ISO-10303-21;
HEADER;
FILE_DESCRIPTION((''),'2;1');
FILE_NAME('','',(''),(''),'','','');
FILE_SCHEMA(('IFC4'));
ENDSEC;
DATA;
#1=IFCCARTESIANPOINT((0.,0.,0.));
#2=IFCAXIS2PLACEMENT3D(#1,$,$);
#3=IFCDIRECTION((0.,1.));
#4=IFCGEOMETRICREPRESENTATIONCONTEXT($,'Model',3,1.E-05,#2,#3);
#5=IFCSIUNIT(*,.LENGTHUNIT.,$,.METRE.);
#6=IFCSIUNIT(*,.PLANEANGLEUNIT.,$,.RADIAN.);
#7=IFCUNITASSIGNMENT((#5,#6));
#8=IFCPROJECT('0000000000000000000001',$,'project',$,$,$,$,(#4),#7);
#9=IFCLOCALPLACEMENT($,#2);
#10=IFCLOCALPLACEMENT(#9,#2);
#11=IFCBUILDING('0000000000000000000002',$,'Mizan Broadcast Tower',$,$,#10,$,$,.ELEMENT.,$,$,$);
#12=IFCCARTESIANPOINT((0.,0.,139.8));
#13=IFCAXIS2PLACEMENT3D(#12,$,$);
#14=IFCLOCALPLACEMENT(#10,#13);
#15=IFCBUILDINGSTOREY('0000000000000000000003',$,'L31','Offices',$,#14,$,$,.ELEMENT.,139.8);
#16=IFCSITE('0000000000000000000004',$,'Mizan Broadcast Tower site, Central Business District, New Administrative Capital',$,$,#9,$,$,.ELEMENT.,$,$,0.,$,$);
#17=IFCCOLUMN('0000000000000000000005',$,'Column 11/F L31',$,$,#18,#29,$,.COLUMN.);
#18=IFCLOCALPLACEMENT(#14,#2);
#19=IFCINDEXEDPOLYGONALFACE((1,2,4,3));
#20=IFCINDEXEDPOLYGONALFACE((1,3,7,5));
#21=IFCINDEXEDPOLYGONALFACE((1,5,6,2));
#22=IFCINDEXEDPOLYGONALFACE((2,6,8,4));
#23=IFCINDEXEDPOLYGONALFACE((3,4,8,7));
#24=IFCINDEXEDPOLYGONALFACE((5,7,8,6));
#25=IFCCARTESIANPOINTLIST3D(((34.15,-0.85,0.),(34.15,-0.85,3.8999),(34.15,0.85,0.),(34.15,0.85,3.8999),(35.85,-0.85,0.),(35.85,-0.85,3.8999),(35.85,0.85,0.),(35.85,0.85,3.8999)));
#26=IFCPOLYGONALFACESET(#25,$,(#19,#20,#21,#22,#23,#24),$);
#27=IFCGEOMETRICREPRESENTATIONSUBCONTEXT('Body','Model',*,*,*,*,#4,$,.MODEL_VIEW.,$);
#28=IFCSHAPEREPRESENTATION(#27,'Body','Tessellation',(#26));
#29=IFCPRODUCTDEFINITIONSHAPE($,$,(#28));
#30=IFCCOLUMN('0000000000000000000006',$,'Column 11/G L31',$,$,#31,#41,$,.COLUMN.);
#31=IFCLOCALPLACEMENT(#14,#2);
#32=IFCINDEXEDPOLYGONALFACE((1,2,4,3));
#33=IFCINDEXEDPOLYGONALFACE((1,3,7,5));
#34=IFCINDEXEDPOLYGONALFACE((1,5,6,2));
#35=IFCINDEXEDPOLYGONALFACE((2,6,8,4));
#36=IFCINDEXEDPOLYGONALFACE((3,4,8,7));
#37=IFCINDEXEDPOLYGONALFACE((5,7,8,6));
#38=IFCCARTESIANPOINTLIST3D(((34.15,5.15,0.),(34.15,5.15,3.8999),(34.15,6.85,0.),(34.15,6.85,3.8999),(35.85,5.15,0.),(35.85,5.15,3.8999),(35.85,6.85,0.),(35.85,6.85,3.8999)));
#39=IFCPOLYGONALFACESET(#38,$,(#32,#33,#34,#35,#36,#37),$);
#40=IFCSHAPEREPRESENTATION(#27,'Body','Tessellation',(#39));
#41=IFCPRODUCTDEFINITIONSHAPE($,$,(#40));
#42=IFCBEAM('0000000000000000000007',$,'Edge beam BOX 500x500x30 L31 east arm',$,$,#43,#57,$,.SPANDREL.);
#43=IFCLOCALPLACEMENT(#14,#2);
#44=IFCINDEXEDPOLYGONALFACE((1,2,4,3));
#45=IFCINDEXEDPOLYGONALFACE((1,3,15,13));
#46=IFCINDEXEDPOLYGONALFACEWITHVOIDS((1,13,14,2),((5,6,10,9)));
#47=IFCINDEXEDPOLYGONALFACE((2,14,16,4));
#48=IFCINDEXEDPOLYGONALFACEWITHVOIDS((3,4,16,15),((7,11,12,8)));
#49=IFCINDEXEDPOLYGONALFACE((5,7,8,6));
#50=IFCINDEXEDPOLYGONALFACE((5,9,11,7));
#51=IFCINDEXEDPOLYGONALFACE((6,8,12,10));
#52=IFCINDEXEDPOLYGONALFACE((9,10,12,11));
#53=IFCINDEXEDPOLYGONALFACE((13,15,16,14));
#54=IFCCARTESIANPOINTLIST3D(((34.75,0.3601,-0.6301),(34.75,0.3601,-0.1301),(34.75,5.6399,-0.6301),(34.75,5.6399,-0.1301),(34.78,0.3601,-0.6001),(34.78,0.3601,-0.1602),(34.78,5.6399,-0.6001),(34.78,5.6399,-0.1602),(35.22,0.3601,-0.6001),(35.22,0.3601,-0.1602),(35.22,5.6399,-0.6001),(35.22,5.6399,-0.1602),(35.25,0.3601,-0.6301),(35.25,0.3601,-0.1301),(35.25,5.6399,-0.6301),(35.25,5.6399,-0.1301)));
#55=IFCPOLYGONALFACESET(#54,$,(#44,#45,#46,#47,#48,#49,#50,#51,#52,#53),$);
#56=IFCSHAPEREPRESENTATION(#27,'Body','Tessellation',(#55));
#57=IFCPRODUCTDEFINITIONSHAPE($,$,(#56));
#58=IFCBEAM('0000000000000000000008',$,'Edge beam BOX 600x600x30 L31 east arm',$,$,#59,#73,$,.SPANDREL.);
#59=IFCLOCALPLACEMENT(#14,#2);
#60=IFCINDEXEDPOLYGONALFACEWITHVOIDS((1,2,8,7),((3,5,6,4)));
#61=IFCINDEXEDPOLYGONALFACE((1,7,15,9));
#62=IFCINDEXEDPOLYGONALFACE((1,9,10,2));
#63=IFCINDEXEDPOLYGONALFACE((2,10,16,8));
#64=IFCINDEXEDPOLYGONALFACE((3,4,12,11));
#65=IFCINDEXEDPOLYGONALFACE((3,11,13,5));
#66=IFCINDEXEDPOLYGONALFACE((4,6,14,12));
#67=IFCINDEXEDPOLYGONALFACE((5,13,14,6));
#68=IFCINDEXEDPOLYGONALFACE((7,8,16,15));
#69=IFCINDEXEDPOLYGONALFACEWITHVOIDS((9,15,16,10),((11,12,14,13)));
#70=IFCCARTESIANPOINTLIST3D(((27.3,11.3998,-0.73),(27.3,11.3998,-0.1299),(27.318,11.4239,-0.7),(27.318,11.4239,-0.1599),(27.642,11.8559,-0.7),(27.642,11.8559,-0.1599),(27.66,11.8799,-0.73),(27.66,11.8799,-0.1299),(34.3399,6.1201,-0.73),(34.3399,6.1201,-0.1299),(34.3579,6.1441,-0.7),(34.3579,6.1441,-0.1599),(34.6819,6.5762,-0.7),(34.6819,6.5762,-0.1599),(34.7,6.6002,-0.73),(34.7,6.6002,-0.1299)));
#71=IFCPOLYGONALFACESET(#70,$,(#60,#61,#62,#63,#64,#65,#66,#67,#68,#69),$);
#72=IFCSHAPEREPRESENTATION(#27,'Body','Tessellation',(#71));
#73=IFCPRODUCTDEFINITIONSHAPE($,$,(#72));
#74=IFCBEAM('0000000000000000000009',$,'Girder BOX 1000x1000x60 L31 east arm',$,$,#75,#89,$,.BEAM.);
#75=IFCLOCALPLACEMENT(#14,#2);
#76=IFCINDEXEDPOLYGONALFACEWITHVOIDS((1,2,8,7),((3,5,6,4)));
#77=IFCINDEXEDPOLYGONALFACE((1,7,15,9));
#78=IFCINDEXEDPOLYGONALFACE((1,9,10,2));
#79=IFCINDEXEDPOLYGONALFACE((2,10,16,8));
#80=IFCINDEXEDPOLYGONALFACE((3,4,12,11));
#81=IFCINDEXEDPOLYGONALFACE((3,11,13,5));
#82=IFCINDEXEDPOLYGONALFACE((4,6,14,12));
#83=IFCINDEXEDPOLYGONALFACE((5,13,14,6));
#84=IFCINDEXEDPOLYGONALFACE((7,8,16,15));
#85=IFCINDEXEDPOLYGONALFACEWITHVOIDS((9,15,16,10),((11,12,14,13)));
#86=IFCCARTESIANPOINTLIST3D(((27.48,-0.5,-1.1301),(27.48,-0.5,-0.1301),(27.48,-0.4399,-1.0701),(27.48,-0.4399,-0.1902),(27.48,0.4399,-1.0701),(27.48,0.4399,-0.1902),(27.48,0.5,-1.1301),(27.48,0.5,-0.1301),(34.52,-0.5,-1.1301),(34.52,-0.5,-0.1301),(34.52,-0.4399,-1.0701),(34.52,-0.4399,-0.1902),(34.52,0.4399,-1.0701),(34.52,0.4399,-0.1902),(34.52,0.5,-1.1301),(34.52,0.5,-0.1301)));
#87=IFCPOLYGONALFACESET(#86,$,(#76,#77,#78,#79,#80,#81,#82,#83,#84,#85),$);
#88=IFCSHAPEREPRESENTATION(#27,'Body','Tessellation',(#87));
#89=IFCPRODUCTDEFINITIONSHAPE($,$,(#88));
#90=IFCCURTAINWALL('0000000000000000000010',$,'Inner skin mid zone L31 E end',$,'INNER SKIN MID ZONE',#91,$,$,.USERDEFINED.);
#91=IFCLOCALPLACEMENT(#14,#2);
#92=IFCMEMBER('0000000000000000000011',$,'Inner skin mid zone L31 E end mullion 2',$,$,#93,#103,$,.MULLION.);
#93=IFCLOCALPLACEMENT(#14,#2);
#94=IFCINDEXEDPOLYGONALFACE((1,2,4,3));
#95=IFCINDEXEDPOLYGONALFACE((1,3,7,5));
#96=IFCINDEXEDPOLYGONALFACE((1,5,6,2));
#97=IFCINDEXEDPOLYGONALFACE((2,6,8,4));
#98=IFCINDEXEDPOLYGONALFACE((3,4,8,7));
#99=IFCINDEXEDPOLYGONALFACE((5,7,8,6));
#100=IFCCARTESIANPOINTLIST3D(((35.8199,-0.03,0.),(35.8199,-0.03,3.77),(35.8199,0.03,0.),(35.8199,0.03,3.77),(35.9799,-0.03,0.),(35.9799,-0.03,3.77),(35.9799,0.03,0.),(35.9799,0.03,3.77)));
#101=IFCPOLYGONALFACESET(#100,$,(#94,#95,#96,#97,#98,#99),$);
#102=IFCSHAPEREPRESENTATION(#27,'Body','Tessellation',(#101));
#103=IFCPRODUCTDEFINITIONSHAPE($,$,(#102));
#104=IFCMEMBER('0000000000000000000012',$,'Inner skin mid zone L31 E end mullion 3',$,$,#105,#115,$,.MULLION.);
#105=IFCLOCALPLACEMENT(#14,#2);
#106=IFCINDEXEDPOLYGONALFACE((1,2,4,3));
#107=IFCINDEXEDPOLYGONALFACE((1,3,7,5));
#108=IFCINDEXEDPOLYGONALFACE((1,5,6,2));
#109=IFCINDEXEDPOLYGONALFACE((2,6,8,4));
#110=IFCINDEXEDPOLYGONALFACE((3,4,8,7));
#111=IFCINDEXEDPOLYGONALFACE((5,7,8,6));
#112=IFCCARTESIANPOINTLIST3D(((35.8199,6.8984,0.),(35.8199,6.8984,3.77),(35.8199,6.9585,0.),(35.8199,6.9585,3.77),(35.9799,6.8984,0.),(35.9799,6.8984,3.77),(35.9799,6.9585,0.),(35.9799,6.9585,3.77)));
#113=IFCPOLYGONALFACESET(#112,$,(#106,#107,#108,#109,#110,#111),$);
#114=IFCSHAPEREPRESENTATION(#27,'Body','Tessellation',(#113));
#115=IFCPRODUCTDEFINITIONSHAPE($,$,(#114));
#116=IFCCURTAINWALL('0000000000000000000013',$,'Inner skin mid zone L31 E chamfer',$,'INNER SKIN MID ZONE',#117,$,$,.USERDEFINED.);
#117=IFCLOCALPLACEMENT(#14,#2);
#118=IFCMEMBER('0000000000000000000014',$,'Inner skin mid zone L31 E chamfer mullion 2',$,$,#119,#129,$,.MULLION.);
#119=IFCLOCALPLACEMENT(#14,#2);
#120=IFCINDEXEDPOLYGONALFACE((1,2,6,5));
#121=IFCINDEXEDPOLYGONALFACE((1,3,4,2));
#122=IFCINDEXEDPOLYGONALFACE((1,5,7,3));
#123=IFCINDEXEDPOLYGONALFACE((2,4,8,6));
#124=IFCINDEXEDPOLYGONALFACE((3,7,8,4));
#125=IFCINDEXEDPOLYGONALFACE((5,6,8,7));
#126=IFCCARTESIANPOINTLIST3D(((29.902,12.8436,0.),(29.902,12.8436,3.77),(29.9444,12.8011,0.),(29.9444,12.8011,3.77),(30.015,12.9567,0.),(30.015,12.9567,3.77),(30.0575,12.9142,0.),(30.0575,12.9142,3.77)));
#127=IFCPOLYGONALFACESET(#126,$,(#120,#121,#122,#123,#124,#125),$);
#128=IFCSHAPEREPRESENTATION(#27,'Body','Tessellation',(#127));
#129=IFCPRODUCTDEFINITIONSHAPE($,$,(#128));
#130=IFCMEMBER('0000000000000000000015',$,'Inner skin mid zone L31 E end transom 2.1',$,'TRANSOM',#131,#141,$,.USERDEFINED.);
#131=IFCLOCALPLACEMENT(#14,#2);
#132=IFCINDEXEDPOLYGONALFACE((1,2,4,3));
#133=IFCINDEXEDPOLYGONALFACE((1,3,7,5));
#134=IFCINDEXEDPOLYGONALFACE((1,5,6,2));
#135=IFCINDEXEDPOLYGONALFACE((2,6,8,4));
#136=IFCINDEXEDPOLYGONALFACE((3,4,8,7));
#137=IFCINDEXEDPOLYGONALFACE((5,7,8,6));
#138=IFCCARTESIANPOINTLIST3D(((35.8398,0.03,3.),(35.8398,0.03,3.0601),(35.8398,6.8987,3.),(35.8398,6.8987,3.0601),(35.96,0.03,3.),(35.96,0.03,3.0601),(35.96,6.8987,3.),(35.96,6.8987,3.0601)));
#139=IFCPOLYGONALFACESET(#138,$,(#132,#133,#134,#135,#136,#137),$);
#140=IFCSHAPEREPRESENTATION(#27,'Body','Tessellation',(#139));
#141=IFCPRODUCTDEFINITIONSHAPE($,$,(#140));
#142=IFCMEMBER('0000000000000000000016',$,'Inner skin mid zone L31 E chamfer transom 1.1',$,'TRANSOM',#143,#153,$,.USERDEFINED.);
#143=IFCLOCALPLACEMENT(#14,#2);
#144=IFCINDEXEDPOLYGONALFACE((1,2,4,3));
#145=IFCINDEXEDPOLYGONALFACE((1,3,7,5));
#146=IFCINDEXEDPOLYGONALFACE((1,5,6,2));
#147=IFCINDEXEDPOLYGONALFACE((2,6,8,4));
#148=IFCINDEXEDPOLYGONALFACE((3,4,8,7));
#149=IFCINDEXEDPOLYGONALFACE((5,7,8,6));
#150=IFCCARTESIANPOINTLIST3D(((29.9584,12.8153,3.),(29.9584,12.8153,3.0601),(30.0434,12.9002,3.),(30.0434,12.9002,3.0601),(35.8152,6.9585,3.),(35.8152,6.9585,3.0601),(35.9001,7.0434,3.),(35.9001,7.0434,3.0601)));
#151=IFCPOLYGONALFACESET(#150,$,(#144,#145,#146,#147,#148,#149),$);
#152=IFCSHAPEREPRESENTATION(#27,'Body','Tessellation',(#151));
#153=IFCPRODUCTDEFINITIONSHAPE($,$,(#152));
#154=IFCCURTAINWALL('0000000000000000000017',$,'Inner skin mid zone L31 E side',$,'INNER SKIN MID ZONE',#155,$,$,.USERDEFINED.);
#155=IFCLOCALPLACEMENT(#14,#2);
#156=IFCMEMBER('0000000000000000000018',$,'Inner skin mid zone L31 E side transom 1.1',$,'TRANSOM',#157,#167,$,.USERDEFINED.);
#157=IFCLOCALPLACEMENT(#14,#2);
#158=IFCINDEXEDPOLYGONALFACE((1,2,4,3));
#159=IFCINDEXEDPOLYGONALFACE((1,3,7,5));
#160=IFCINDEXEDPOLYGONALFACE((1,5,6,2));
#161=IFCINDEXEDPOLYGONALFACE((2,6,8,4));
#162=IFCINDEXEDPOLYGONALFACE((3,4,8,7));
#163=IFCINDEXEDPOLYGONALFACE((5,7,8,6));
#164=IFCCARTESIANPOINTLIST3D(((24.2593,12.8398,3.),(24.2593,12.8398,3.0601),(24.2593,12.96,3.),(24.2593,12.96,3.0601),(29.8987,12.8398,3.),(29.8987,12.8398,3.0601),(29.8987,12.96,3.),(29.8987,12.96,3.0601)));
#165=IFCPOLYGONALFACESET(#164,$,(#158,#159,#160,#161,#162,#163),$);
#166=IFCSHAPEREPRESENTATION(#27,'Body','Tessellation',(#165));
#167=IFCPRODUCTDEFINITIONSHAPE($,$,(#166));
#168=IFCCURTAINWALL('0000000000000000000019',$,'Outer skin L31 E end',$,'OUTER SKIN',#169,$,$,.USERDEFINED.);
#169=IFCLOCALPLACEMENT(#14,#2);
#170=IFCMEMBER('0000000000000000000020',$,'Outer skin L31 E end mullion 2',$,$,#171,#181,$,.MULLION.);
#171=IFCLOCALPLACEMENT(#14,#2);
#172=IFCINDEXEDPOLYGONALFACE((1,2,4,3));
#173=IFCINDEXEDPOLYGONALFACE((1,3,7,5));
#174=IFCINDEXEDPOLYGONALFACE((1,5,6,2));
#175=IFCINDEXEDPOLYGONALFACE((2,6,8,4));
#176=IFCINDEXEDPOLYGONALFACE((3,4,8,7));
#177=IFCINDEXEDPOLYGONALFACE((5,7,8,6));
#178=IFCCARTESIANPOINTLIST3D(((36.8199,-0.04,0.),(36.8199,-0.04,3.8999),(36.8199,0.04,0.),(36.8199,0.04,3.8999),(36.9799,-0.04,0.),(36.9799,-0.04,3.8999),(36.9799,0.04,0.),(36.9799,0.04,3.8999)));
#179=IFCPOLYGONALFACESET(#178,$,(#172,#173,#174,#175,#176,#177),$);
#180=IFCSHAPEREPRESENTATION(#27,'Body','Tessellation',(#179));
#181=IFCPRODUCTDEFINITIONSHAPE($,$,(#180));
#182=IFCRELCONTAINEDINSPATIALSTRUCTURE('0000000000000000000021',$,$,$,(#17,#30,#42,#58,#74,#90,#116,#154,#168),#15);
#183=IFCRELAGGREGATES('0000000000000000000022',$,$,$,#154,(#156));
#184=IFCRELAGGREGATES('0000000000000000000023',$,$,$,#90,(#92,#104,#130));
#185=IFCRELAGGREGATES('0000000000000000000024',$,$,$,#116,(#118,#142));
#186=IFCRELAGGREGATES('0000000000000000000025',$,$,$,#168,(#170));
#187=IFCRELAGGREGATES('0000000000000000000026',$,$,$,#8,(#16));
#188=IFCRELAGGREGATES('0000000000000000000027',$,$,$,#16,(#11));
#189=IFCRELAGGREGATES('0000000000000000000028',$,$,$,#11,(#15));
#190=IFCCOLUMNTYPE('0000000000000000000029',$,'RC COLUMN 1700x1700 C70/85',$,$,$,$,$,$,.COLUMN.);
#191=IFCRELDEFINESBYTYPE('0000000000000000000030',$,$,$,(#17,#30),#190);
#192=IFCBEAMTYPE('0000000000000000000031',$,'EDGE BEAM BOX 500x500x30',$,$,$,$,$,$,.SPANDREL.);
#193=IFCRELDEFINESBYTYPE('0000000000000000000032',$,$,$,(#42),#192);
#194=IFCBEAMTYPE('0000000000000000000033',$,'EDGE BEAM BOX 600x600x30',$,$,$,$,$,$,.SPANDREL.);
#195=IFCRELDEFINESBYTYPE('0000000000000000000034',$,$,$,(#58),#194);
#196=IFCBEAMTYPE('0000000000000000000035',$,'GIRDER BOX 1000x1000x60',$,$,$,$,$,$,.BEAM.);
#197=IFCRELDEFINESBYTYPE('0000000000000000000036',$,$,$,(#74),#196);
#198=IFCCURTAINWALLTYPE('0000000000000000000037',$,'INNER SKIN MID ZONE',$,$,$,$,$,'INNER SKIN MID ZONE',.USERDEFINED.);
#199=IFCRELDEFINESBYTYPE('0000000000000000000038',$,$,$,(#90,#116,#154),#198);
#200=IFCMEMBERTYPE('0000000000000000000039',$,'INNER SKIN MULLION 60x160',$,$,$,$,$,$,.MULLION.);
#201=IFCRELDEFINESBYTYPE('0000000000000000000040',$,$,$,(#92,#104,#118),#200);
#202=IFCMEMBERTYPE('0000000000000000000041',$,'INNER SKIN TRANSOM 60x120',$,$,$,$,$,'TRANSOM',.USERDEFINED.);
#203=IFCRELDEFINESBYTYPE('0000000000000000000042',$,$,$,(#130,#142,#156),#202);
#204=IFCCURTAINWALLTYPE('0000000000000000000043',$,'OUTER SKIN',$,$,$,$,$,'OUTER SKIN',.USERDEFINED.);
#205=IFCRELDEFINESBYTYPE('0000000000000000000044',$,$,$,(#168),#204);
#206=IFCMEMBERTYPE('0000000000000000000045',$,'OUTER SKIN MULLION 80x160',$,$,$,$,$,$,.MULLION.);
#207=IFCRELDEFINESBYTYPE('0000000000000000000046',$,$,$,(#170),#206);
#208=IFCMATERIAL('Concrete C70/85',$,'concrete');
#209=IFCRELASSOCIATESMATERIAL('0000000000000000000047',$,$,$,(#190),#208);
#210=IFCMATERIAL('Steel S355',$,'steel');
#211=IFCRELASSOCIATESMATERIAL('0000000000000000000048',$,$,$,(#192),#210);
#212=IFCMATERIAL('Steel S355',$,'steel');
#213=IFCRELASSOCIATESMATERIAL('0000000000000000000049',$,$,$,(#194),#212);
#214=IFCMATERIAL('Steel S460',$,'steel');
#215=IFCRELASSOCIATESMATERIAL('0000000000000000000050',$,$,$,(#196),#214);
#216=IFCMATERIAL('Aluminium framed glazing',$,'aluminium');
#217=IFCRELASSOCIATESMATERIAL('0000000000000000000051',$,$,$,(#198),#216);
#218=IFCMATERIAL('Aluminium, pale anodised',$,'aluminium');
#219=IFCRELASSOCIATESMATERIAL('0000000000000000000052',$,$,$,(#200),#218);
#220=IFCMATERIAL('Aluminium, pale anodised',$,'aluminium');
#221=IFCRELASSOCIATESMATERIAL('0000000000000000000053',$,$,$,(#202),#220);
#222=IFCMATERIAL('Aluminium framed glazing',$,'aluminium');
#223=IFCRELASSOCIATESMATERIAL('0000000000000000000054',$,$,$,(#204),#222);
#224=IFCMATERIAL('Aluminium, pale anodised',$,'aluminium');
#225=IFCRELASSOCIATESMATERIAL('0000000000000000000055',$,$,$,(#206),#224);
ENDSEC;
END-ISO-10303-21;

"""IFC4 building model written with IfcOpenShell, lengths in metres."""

from ifc_helpers import new_model, si_unit, direction, frame, origin, origin_2d, place, context, subcontext, project, spatial, rectangle, hollow_rectangle, extrude, material, material_profile, profile_set, type_object, element, aggregate, save


model = new_model("IFC4")

# Units and contexts
model_context = context("Model", 3, precision=1e-05, world=origin(), true_north=direction((0.0, 1.0)))
body_context = subcontext(model_context, "Body", "Model", "MODEL_VIEW")
ifc_project = project(units=[si_unit("LENGTHUNIT", "METRE"), si_unit("PLANEANGLEUNIT", "RADIAN")], contexts=[model_context])

# Site, building, storey
site_placement = place(None, origin())
site = spatial("IfcSite", under=ifc_project, at=site_placement, Name="Mizan Broadcast Tower site, Central Business District, New Administrative Capital", CompositionType="ELEMENT", RefElevation=0.0)
building_placement = place(site_placement, origin())
building = spatial("IfcBuilding", under=site, at=building_placement, Name="Mizan Broadcast Tower", CompositionType="ELEMENT")
storey_placement = place(building_placement, frame((0.0, 0.0, 139.8)))
storey = spatial("IfcBuildingStorey", under=building, at=storey_placement, Name="L31", Description="Offices", CompositionType="ELEMENT", Elevation=139.8)

# Columns
ifc_material_1 = material(Name="Concrete C70/85", Category="concrete")
ifc_material_profile_1 = material_profile(ifc_material_1, rectangle(XDim=1.7, YDim=1.7, at=origin_2d()), Name="RC 1700x1700")
ifc_profile_set_1 = profile_set([ifc_material_profile_1], Name="Concrete C70/85")
column_type = type_object("IfcColumnType", Name="RC COLUMN 1700x1700 C70/85", PredefinedType="COLUMN", material=ifc_profile_set_1)
for number, where, z_axis, x_axis, name in (
    (1, (35.0, 0.0, 0.0), (0.0, 0.0, 1.0), (1.0, 0.0, 0.0), "Column 11/F L31"),
    (2, (35.0, 6.0, 0.0), (0.0, 0.0, 1.0), (1.0, 0.0, 0.0), "Column 11/G L31"),
):
    element("IfcColumn", number, at=place(storey_placement, frame(where, z_axis=z_axis, x_axis=x_axis)), inside=storey, type_object=column_type, Name=name, PredefinedType="COLUMN", context=body_context, shape_type="SweptSolid", body=[
        extrude(rectangle(XDim=1.7, YDim=1.7, at=origin_2d()), origin(), (0.0, 0.0, 1.0), 3.8999),
    ])

# Beams
ifc_material_2 = material(Name="Steel S355", Category="steel")
ifc_material_profile_2 = material_profile(ifc_material_2, hollow_rectangle(XDim=0.5, YDim=0.5, WallThickness=0.03, at=origin_2d()), Name="BOX 500x500x30")
ifc_profile_set_2 = profile_set([ifc_material_profile_2], Name="Steel S355")
beam_type_1 = type_object("IfcBeamType", Name="EDGE BEAM BOX 500x500x30", PredefinedType="SPANDREL", material=ifc_profile_set_2)
beam_1_placement = place(storey_placement, frame((35.0, 5.6399, -0.3801), z_axis=(0.0, -1.0, 0.0), x_axis=(1.0, 0.0, 0.0)))
element("IfcBeam", 3, at=beam_1_placement, inside=storey, type_object=beam_type_1, Name="Edge beam BOX 500x500x30 L31 east arm", PredefinedType="SPANDREL", context=body_context, shape_type="SweptSolid", body=[
    extrude(hollow_rectangle(XDim=0.5, YDim=0.5, WallThickness=0.03, at=origin_2d()), origin(), (0.0, 0.0, 1.0), 5.2798),
])
ifc_material_3 = material(Name="Steel S355", Category="steel")
ifc_material_profile_3 = material_profile(ifc_material_3, hollow_rectangle(XDim=0.6001, YDim=0.6001, WallThickness=0.03, at=origin_2d()), Name="BOX 600x600x30")
ifc_profile_set_3 = profile_set([ifc_material_profile_3], Name="Steel S355")
beam_type_2 = type_object("IfcBeamType", Name="EDGE BEAM BOX 600x600x30", PredefinedType="SPANDREL", material=ifc_profile_set_3)
beam_2_placement = place(storey_placement, frame((27.48, 11.6399, -0.4299), z_axis=(0.800013, -0.599982, 0.0), x_axis=(0.599982, 0.800013, 0.0)))
element("IfcBeam", 4, at=beam_2_placement, inside=storey, type_object=beam_type_2, Name="Edge beam BOX 600x600x30 L31 east arm", PredefinedType="SPANDREL", context=body_context, shape_type="SweptSolid", body=[
    extrude(hollow_rectangle(XDim=0.6001, YDim=0.6001, WallThickness=0.03, at=origin_2d()), origin(), (0.0, 0.0, 1.0), 8.7998),
])
ifc_material_4 = material(Name="Steel S460", Category="steel")
ifc_material_profile_4 = material_profile(ifc_material_4, hollow_rectangle(XDim=1.0, YDim=1.0, WallThickness=0.0601, at=origin_2d()), Name="BOX 1000x1000x60")
ifc_profile_set_4 = profile_set([ifc_material_profile_4], Name="Steel S460")
beam_type_3 = type_object("IfcBeamType", Name="GIRDER BOX 1000x1000x60", PredefinedType="BEAM", material=ifc_profile_set_4)
beam_3_placement = place(storey_placement, frame((27.48, 0.0, -0.6301), z_axis=(1.0, 0.0, 0.0), x_axis=(0.0, 1.0, 0.0)))
element("IfcBeam", 5, at=beam_3_placement, inside=storey, type_object=beam_type_3, Name="Girder BOX 1000x1000x60 L31 east arm", PredefinedType="BEAM", context=body_context, shape_type="SweptSolid", body=[
    extrude(hollow_rectangle(XDim=1.0, YDim=1.0, WallThickness=0.0601, at=origin_2d()), origin(), (0.0, 0.0, 1.0), 7.04),
])

# Curtain wall, members
ifc_material_5 = material(Name="Aluminium framed glazing", Category="aluminium")
curtain_wall_type_1 = type_object("IfcCurtainWallType", Name="INNER SKIN MID ZONE", ElementType="INNER SKIN MID ZONE", PredefinedType="USERDEFINED", material=ifc_material_5)
curtain_wall_1_placement = place(storey_placement, origin())
curtain_wall_1 = element("IfcCurtainWall", 6, at=curtain_wall_1_placement, inside=storey, type_object=curtain_wall_type_1, Name="Inner skin mid zone L31 E end", ObjectType="INNER SKIN MID ZONE", PredefinedType="USERDEFINED")
ifc_material_6 = material(Name="Aluminium, pale anodised", Category="aluminium")
ifc_material_profile_5 = material_profile(ifc_material_6, rectangle(XDim=0.1599, YDim=0.0601, at=origin_2d()), Name="MULLION 160x60")
ifc_profile_set_5 = profile_set([ifc_material_profile_5], Name="Aluminium, pale anodised")
member_type_1 = type_object("IfcMemberType", Name="INNER SKIN MULLION 60x160", PredefinedType="MULLION", material=ifc_profile_set_5)
member_1_placement = place(storey_placement, frame((35.8999, 0.0, 0.0), z_axis=(0.0, 0.0, 1.0), x_axis=(-1.0, 0.0, 0.0)))
member_1 = element("IfcMember", 7, at=member_1_placement, type_object=member_type_1, Name="Inner skin mid zone L31 E end mullion 2", PredefinedType="MULLION", context=body_context, shape_type="SweptSolid", body=[
    extrude(rectangle(XDim=0.1599, YDim=0.0601, at=origin_2d()), origin(), (0.0, 0.0, 1.0), 3.77),
])
member_2_placement = place(storey_placement, frame((35.8999, 6.9285, 0.0), z_axis=(0.0, 0.0, 1.0), x_axis=(-1.0, 0.0, 0.0)))
member_2 = element("IfcMember", 8, at=member_2_placement, type_object=member_type_1, Name="Inner skin mid zone L31 E end mullion 3", PredefinedType="MULLION", context=body_context, shape_type="SweptSolid", body=[
    extrude(rectangle(XDim=0.1599, YDim=0.0601, at=origin_2d()), origin(), (0.0, 0.0, 1.0), 3.77),
])

# Curtain wall, member
curtain_wall_2_placement = place(storey_placement, origin())
curtain_wall_2 = element("IfcCurtainWall", 9, at=curtain_wall_2_placement, inside=storey, type_object=curtain_wall_type_1, Name="Inner skin mid zone L31 E chamfer", ObjectType="INNER SKIN MID ZONE", PredefinedType="USERDEFINED")
member_3_placement = place(storey_placement, frame((29.9797, 12.8789, 0.0), z_axis=(0.0, 0.0, 1.0), x_axis=(-0.707107, -0.707107, 0.0)))
member_3 = element("IfcMember", 10, at=member_3_placement, type_object=member_type_1, Name="Inner skin mid zone L31 E chamfer mullion 2", PredefinedType="MULLION", context=body_context, shape_type="SweptSolid", body=[
    extrude(rectangle(XDim=0.1599, YDim=0.0601, at=origin_2d()), origin(), (0.0, 0.0, 1.0), 3.77),
])

# Members
ifc_material_7 = material(Name="Aluminium, pale anodised", Category="aluminium")
ifc_material_profile_6 = material_profile(ifc_material_7, rectangle(XDim=0.1201, YDim=0.0601, at=origin_2d()), Name="TRANSOM 120x60")
ifc_profile_set_6 = profile_set([ifc_material_profile_6], Name="Aluminium, pale anodised")
member_type_2 = type_object("IfcMemberType", Name="INNER SKIN TRANSOM 60x120", ElementType="TRANSOM", PredefinedType="USERDEFINED", material=ifc_profile_set_6)
member_4_placement = place(storey_placement, frame((35.8999, 0.03, 3.03), z_axis=(0.0, 1.0, 0.0), x_axis=(-1.0, 0.0, 0.0)))
member_4 = element("IfcMember", 11, at=member_4_placement, type_object=member_type_2, Name="Inner skin mid zone L31 E end transom 2.1", ObjectType="TRANSOM", PredefinedType="USERDEFINED", context=body_context, shape_type="SweptSolid", body=[
    extrude(rectangle(XDim=0.1201, YDim=0.0601, at=origin_2d()), origin(), (0.0, 0.0, 1.0), 6.8687),
])
member_5_placement = place(storey_placement, frame((35.8577, 7.001, 3.03), z_axis=(-0.707107, 0.707107, 0.0), x_axis=(-0.707107, -0.707107, 0.0)))
member_5 = element("IfcMember", 12, at=member_5_placement, type_object=member_type_2, Name="Inner skin mid zone L31 E chamfer transom 1.1", ObjectType="TRANSOM", PredefinedType="USERDEFINED", context=body_context, shape_type="SweptSolid", body=[
    extrude(rectangle(XDim=0.1201, YDim=0.0601, at=origin_2d()), origin(), (0.0, 0.0, 1.0), 8.2827),
])

# Curtain wall, member
curtain_wall_3_placement = place(storey_placement, origin())
curtain_wall_3 = element("IfcCurtainWall", 13, at=curtain_wall_3_placement, inside=storey, type_object=curtain_wall_type_1, Name="Inner skin mid zone L31 E side", ObjectType="INNER SKIN MID ZONE", PredefinedType="USERDEFINED")
member_6_placement = place(storey_placement, frame((29.8987, 12.8999, 3.03), z_axis=(-1.0, 0.0, 0.0), x_axis=(0.0, -1.0, 0.0)))
member_6 = element("IfcMember", 14, at=member_6_placement, type_object=member_type_2, Name="Inner skin mid zone L31 E side transom 1.1", ObjectType="TRANSOM", PredefinedType="USERDEFINED", context=body_context, shape_type="SweptSolid", body=[
    extrude(rectangle(XDim=0.1201, YDim=0.0601, at=origin_2d()), origin(), (0.0, 0.0, 1.0), 5.6394),
])
aggregate(curtain_wall_3, [member_6])

# Curtain wall, member
ifc_material_8 = material(Name="Aluminium framed glazing", Category="aluminium")
curtain_wall_type_2 = type_object("IfcCurtainWallType", Name="OUTER SKIN", ElementType="OUTER SKIN", PredefinedType="USERDEFINED", material=ifc_material_8)
curtain_wall_4_placement = place(storey_placement, origin())
curtain_wall_4 = element("IfcCurtainWall", 15, at=curtain_wall_4_placement, inside=storey, type_object=curtain_wall_type_2, Name="Outer skin L31 E end", ObjectType="OUTER SKIN", PredefinedType="USERDEFINED")
ifc_material_9 = material(Name="Aluminium, pale anodised", Category="aluminium")
ifc_material_profile_7 = material_profile(ifc_material_9, rectangle(XDim=0.1599, YDim=0.0801, at=origin_2d()), Name="MULLION 160x80")
ifc_profile_set_7 = profile_set([ifc_material_profile_7], Name="Aluminium, pale anodised")
member_type_3 = type_object("IfcMemberType", Name="OUTER SKIN MULLION 80x160", PredefinedType="MULLION", material=ifc_profile_set_7)
member_7_placement = place(storey_placement, frame((36.8999, 0.0, 0.0), z_axis=(0.0, 0.0, 1.0), x_axis=(-1.0, 0.0, 0.0)))
member_7 = element("IfcMember", 16, at=member_7_placement, type_object=member_type_3, Name="Outer skin L31 E end mullion 2", PredefinedType="MULLION", context=body_context, shape_type="SweptSolid", body=[
    extrude(rectangle(XDim=0.1599, YDim=0.0801, at=origin_2d()), origin(), (0.0, 0.0, 1.0), 3.8999),
])

aggregate(curtain_wall_1, [member_1, member_2, member_4])
aggregate(curtain_wall_2, [member_3, member_5])
aggregate(curtain_wall_4, [member_7])

save(model, "model.ifc")
